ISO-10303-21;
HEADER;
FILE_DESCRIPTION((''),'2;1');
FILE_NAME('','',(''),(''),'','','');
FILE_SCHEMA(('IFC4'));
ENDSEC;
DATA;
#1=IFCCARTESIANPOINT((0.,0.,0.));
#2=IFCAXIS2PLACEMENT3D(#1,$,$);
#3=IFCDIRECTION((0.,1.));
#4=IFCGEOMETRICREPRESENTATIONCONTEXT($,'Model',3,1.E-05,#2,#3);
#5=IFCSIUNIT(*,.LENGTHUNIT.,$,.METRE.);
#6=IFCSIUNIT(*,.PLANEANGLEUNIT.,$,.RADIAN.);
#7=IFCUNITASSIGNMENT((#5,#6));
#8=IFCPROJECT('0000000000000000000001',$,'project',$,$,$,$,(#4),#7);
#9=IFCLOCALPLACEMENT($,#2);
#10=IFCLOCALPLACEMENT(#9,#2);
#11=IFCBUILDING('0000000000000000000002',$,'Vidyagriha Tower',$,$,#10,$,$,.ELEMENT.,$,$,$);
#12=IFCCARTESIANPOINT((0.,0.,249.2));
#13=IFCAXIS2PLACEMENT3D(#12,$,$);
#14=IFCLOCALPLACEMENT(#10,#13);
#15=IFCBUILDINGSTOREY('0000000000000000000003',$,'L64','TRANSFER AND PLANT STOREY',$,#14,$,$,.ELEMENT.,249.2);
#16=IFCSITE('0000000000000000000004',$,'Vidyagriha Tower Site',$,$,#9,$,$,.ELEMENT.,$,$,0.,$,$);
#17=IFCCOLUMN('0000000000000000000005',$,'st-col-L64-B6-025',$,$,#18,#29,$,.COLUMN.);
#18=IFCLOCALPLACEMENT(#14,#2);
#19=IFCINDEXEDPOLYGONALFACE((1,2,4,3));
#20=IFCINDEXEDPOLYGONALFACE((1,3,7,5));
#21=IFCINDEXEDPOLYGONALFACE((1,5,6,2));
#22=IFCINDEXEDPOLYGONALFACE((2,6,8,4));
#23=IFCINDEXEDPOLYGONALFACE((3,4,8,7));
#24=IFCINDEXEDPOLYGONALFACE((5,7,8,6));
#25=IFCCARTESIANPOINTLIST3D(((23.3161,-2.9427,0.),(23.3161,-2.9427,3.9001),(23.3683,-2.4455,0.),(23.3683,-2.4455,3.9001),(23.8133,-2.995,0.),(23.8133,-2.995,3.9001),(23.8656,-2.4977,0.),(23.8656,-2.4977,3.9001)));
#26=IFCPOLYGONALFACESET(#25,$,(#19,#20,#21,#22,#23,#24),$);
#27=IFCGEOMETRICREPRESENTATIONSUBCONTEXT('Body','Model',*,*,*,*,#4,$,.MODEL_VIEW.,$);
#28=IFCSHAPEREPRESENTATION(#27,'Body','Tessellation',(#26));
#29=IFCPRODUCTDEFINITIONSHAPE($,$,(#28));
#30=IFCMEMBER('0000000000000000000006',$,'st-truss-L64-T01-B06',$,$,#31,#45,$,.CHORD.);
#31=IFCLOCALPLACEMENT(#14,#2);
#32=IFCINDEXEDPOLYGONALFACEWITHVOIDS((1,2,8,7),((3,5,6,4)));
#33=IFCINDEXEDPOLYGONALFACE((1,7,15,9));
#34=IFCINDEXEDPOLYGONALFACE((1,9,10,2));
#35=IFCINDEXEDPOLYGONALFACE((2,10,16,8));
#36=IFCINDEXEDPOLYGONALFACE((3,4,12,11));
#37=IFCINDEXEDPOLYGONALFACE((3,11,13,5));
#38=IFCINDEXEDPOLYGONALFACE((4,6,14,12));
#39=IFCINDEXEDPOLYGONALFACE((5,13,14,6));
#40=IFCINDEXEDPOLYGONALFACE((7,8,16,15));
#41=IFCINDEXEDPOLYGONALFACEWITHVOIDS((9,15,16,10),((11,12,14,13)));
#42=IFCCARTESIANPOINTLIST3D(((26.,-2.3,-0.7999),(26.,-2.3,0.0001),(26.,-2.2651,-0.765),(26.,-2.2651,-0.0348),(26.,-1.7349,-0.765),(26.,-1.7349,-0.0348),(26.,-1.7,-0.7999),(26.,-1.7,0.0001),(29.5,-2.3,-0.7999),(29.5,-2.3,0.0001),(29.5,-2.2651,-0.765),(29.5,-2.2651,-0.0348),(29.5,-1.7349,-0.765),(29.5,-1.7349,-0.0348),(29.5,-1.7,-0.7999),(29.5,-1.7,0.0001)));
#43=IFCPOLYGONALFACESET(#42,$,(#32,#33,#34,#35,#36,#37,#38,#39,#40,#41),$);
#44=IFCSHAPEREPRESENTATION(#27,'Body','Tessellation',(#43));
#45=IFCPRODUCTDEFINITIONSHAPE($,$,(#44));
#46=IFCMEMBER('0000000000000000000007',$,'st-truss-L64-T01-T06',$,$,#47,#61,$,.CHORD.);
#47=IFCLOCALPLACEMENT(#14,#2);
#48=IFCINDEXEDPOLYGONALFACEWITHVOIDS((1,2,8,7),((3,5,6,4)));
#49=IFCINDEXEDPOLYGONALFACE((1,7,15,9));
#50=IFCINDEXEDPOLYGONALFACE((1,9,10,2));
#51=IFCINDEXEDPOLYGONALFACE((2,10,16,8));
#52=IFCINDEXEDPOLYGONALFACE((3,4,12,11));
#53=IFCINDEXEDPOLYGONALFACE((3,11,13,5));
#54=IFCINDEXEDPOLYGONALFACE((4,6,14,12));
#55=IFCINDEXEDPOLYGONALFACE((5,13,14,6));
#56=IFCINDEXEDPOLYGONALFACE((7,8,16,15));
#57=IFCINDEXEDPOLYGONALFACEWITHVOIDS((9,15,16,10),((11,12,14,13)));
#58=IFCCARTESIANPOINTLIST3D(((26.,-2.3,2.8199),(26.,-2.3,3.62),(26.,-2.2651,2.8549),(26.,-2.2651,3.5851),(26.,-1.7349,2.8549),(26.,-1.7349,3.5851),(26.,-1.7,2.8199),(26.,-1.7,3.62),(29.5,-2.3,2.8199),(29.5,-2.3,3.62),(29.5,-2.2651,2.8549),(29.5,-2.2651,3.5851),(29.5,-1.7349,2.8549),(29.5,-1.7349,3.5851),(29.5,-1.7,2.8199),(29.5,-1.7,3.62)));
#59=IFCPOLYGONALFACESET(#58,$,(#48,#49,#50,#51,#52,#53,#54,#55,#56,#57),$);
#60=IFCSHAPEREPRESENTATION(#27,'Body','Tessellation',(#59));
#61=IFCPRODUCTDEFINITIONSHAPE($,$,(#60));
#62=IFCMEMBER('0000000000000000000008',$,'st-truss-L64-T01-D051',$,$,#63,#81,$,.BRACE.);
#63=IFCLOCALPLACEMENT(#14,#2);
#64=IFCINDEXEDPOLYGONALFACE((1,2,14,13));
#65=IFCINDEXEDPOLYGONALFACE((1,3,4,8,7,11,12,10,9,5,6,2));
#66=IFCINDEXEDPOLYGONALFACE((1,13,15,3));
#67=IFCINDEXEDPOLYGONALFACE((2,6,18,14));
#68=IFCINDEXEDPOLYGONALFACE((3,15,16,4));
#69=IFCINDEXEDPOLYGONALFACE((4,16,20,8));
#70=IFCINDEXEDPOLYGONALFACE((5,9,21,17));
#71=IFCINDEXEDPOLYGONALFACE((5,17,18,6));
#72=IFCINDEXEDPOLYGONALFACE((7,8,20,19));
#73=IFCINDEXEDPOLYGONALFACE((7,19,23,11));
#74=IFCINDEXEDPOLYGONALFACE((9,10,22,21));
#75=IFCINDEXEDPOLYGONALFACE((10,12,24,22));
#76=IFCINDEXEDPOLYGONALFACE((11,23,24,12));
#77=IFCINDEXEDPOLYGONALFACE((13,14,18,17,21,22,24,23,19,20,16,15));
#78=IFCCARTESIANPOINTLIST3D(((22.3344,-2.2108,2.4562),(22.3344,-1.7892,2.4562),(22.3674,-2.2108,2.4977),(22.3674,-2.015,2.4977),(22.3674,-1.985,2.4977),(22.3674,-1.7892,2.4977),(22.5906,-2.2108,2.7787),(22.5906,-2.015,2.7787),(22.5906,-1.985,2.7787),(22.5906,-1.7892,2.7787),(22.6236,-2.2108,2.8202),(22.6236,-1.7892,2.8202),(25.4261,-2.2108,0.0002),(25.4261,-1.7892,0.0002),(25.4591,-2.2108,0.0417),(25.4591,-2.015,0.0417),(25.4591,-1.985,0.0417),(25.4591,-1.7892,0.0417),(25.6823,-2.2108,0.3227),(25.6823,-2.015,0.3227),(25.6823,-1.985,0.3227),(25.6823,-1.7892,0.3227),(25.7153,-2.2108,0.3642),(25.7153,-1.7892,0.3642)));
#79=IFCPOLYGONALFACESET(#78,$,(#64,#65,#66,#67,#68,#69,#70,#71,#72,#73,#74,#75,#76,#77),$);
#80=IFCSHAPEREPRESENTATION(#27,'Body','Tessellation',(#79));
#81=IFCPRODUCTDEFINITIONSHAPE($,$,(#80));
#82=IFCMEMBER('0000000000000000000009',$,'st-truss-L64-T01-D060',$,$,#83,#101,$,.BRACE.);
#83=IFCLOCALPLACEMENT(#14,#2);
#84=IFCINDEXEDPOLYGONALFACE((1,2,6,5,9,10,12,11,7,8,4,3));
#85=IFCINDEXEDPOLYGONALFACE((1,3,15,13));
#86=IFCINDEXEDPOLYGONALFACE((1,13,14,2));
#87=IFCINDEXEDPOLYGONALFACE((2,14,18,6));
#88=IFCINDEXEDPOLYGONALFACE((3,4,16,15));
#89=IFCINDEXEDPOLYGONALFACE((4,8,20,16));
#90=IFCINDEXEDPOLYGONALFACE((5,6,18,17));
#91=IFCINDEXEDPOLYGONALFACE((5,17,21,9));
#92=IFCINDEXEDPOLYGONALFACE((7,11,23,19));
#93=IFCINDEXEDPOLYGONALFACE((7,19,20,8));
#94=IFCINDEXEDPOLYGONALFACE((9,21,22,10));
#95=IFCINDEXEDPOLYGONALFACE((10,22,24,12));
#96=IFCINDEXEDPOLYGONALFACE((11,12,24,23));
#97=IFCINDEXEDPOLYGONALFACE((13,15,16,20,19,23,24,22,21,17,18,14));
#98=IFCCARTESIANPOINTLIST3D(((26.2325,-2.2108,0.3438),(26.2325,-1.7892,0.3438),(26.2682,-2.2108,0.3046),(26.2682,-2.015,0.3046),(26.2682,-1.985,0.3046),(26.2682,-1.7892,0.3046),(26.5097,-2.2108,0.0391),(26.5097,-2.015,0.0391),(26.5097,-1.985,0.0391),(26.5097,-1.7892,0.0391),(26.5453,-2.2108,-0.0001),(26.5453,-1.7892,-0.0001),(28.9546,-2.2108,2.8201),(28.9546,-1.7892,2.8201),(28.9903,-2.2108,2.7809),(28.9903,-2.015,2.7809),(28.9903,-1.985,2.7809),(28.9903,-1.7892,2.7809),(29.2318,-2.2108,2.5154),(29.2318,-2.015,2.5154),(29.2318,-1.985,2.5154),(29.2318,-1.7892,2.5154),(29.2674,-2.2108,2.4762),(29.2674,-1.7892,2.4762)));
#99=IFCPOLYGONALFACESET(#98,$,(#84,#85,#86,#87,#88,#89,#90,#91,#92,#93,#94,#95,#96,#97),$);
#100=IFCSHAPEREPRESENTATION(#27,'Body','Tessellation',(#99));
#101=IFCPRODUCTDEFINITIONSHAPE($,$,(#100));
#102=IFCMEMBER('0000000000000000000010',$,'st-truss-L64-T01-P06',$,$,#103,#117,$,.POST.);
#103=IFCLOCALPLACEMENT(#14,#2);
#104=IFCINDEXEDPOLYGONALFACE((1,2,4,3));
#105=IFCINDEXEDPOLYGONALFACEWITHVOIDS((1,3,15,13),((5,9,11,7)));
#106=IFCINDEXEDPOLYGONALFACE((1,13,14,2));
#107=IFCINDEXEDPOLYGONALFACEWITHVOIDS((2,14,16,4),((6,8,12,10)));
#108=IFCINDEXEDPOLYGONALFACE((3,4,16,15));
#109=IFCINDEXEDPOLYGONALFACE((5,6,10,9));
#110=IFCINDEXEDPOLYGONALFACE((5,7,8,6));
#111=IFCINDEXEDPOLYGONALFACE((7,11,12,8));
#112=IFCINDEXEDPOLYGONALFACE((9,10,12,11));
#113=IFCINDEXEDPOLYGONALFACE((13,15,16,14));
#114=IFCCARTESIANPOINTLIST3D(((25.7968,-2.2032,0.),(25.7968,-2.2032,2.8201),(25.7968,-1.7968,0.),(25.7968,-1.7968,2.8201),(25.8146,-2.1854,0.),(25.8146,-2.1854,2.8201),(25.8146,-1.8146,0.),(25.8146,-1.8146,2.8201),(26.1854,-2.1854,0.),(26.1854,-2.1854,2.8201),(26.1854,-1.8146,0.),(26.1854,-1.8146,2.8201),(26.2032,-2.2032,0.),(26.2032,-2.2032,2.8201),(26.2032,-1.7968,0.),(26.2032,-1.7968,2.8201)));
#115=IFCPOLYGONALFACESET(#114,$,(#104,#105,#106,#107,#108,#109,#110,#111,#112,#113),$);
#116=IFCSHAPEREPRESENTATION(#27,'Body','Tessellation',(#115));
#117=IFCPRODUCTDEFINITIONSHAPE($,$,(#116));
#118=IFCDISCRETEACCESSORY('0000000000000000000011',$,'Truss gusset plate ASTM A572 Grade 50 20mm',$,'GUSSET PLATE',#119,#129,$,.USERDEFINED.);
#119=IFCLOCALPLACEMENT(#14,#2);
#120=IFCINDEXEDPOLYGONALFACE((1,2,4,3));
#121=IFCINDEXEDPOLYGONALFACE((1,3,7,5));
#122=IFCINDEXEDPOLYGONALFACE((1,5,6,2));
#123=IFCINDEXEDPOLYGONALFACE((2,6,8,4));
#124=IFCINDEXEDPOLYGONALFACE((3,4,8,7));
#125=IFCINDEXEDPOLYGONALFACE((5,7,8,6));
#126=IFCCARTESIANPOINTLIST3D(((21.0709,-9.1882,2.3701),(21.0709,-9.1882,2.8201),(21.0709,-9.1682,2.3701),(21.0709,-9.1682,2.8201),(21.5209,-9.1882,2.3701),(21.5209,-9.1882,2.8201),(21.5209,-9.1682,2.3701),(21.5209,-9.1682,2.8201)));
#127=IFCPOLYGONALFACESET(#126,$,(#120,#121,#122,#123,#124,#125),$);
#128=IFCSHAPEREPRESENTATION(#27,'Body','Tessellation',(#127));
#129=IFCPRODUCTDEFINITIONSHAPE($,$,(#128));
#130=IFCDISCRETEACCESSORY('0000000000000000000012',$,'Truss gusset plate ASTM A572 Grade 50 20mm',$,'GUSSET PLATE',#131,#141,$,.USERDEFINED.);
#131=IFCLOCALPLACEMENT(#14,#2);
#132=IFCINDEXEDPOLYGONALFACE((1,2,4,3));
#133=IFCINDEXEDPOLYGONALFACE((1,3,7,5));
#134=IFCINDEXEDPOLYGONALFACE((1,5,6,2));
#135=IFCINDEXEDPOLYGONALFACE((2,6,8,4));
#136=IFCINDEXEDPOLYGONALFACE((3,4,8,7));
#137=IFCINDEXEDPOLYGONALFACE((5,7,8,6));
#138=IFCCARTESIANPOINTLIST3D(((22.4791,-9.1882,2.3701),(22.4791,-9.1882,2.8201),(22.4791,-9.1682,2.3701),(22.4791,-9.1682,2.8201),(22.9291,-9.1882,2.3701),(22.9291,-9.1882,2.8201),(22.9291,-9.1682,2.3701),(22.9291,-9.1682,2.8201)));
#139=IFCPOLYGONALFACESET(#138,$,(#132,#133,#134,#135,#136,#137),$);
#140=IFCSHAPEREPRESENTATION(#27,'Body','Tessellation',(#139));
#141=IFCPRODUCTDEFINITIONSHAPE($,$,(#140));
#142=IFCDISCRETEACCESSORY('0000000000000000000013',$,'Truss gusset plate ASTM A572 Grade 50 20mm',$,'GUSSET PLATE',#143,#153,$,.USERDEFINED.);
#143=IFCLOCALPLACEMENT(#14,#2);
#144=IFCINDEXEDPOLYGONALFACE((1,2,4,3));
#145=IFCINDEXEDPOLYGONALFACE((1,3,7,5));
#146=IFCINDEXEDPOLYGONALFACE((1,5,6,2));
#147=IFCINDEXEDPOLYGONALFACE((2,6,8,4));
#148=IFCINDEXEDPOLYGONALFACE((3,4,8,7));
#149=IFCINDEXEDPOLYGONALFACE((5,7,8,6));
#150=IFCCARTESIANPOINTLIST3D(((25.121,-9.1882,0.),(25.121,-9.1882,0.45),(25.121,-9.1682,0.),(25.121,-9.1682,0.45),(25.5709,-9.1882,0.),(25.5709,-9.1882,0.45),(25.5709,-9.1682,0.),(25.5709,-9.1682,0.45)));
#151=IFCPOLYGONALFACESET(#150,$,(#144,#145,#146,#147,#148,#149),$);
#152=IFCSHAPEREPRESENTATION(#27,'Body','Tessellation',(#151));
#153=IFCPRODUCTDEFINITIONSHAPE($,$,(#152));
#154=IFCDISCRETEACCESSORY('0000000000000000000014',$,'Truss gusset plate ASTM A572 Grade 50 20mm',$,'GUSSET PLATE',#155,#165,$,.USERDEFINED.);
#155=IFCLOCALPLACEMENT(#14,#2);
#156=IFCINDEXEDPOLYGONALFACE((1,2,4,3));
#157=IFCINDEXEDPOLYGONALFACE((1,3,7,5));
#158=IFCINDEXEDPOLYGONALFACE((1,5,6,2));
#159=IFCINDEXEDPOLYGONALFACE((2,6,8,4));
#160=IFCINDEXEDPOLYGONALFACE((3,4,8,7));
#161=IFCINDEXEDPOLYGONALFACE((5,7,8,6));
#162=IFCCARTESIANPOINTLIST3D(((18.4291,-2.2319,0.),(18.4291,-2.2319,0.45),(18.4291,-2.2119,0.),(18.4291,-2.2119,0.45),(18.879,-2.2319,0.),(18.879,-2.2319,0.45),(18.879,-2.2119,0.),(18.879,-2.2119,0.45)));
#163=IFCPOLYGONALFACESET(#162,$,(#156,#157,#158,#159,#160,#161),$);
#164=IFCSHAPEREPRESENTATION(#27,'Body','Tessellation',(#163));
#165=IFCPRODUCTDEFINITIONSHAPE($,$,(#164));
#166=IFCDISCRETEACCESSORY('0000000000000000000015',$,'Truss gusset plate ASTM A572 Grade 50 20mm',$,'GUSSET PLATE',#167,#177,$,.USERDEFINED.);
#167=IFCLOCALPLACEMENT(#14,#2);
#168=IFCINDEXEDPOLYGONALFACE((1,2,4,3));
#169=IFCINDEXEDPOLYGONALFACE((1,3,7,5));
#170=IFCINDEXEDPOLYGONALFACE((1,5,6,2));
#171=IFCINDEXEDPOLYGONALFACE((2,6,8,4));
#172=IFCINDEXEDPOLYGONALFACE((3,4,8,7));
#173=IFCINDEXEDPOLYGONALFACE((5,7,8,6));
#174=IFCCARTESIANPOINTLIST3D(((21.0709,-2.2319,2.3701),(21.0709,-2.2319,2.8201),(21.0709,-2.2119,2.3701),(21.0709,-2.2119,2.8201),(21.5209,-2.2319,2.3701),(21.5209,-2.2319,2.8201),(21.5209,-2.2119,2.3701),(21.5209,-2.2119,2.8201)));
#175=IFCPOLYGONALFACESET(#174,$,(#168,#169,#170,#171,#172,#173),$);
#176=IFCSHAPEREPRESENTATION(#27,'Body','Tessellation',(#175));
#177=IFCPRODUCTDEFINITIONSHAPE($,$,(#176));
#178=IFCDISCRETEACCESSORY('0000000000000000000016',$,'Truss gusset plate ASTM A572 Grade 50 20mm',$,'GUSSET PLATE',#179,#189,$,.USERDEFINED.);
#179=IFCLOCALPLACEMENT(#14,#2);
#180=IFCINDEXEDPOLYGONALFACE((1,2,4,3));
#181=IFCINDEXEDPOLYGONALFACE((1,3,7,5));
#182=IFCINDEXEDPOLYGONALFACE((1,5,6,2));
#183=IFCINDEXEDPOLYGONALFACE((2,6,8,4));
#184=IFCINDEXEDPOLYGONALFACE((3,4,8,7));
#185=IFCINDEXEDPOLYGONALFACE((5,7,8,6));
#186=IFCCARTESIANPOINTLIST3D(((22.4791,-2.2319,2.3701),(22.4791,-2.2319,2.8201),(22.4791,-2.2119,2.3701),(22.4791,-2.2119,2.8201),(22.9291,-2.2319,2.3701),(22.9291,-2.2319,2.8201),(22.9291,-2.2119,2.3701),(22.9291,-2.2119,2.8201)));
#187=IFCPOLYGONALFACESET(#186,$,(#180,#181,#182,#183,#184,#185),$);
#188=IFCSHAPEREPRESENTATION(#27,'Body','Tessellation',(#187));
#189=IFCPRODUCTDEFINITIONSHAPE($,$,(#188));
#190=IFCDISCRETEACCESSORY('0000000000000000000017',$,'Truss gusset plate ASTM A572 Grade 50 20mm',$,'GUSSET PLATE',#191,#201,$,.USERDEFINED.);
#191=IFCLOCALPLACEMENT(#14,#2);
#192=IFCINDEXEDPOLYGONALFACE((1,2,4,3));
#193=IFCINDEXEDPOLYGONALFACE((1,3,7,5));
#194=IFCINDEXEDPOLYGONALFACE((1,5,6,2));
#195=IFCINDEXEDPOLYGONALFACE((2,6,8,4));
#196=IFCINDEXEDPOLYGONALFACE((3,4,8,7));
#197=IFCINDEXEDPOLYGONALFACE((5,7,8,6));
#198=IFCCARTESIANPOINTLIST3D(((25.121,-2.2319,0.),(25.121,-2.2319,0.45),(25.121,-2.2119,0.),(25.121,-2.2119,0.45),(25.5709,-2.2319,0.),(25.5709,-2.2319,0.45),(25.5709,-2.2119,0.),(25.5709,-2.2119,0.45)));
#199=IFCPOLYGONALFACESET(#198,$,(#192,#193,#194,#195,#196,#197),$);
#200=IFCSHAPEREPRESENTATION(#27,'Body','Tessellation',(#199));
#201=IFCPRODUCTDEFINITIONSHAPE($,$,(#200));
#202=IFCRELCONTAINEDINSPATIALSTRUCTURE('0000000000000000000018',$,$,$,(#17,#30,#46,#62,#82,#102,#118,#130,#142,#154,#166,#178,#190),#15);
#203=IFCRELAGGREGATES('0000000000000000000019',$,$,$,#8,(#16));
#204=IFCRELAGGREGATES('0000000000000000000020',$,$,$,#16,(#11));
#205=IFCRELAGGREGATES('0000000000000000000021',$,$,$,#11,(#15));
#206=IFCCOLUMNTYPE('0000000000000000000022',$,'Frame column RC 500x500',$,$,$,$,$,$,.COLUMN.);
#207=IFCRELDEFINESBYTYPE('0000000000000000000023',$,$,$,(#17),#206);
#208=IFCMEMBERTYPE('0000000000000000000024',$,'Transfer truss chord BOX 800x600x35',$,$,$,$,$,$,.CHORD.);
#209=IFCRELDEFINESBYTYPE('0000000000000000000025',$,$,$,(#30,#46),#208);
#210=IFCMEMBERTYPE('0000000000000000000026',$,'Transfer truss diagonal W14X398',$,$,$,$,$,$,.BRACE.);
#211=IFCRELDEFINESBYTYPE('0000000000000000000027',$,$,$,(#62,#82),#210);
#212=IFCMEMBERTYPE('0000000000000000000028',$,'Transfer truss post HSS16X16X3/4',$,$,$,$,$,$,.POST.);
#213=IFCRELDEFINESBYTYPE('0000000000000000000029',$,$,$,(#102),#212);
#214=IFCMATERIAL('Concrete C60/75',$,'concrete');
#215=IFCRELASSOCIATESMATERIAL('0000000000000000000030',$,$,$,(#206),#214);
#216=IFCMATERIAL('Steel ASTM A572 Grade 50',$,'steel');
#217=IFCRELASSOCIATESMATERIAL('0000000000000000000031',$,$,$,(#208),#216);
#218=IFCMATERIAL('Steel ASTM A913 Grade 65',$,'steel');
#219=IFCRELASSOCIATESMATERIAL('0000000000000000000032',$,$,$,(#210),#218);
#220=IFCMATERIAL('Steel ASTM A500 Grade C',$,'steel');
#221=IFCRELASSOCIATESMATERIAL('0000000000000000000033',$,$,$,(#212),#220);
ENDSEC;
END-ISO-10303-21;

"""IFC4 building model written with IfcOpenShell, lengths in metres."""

from ifc_helpers import new_model, si_unit, direction, frame, origin, origin_2d, place, context, subcontext, project, spatial, rectangle, hollow_rectangle, i_section, extrude, material, material_profile, profile_set, type_object, element, save


model = new_model("IFC4")

# Units and contexts
model_context = context("Model", 3, precision=1e-05, world=origin(), true_north=direction((0.0, 1.0)))
body_context = subcontext(model_context, "Body", "Model", "MODEL_VIEW")
ifc_project = project(units=[si_unit("LENGTHUNIT", "METRE"), si_unit("PLANEANGLEUNIT", "RADIAN")], contexts=[model_context])

# Site, building, storey
site_placement = place(None, origin())
site = spatial("IfcSite", under=ifc_project, at=site_placement, Name="Vidyagriha Tower Site", CompositionType="ELEMENT", RefElevation=0.0)
building_placement = place(site_placement, origin())
building = spatial("IfcBuilding", under=site, at=building_placement, Name="Vidyagriha Tower", CompositionType="ELEMENT")
storey_placement = place(building_placement, frame((0.0, 0.0, 249.2)))
storey = spatial("IfcBuildingStorey", under=building, at=storey_placement, Name="L64", Description="TRANSFER AND PLANT STOREY", CompositionType="ELEMENT", Elevation=249.2)

# Column
ifc_material_1 = material(Name="Concrete C60/75", Category="concrete")
ifc_material_profile_1 = material_profile(ifc_material_1, rectangle(XDim=0.5, YDim=0.5, at=origin_2d()), Name="RC 500x500")
ifc_profile_set_1 = profile_set([ifc_material_profile_1], Name="Concrete C60/75")
column_type = type_object("IfcColumnType", Name="Frame column RC 500x500", PredefinedType="COLUMN", material=ifc_profile_set_1)
column_placement = place(storey_placement, frame((23.5908, -2.7202, 0.0), z_axis=(0.0, 0.0, 1.0), x_axis=(0.994522, -0.104528, 0.0)))
element("IfcColumn", 1, at=column_placement, inside=storey, type_object=column_type, Name="st-col-L64-B6-025", PredefinedType="COLUMN", context=body_context, shape_type="SweptSolid", body=[
    extrude(rectangle(XDim=0.5, YDim=0.5, at=origin_2d()), origin(), (0.0, 0.0, 1.0), 3.9001),
])

# Members
ifc_material_2 = material(Name="Steel ASTM A572 Grade 50", Category="steel")
ifc_material_profile_2 = material_profile(ifc_material_2, hollow_rectangle(XDim=0.6001, YDim=0.8, WallThickness=0.0349, at=origin_2d()), Name="BOX 800x600x35")
ifc_profile_set_2 = profile_set([ifc_material_profile_2], Name="Steel ASTM A572 Grade 50")
member_type_1 = type_object("IfcMemberType", Name="Transfer truss chord BOX 800x600x35", PredefinedType="CHORD", material=ifc_profile_set_2)
for number, where, z_axis, x_axis, name in (
    (2, (26.0, -2.0, -0.3999), (1.0, 0.0, 0.0), (0.0, 1.0, 0.0), "st-truss-L64-T01-B06"),
    (3, (26.0, -2.0, 3.22), (1.0, 0.0, 0.0), (0.0, 1.0, 0.0), "st-truss-L64-T01-T06"),
):
    element("IfcMember", number, at=place(storey_placement, frame(where, z_axis=z_axis, x_axis=x_axis)), inside=storey, type_object=member_type_1, Name=name, PredefinedType="CHORD", context=body_context, shape_type="SweptSolid", body=[
        extrude(hollow_rectangle(XDim=0.6001, YDim=0.8, WallThickness=0.0349, at=origin_2d()), origin(), (0.0, 0.0, 1.0), 3.5),
    ])
ifc_material_3 = material(Name="Steel ASTM A913 Grade 65", Category="steel")
ifc_material_profile_3 = material_profile(ifc_material_3, i_section(OverallWidth=0.4216, OverallDepth=0.4648, WebThickness=0.03, FlangeThickness=0.053, at=origin_2d()), Name="W14X398")
ifc_profile_set_3 = profile_set([ifc_material_profile_3], Name="Steel ASTM A913 Grade 65")
member_type_2 = type_object("IfcMemberType", Name="Transfer truss diagonal W14X398", PredefinedType="BRACE", material=ifc_profile_set_3)
member_1_placement = place(storey_placement, frame((22.479, -2.0, 2.6382), z_axis=(0.783012, 0.0, -0.622007), x_axis=(0.0, 1.0, 0.0)))
element("IfcMember", 4, at=member_1_placement, inside=storey, type_object=member_type_2, Name="st-truss-L64-T01-D051", PredefinedType="BRACE", context=body_context, shape_type="SweptSolid", body=[
    extrude(i_section(OverallWidth=0.4216, OverallDepth=0.4648, WebThickness=0.03, FlangeThickness=0.053, at=origin_2d()), origin(), (0.0, 0.0, 1.0), 3.9485),
])
member_2_placement = place(storey_placement, frame((26.3889, -2.0, 0.1719), z_axis=(0.739721, 0.0, 0.672914), x_axis=(0.0, 1.0, 0.0)))
element("IfcMember", 5, at=member_2_placement, inside=storey, type_object=member_type_2, Name="st-truss-L64-T01-D060", PredefinedType="BRACE", context=body_context, shape_type="SweptSolid", body=[
    extrude(i_section(OverallWidth=0.4216, OverallDepth=0.4648, WebThickness=0.03, FlangeThickness=0.053, at=origin_2d()), origin(), (0.0, 0.0, 1.0), 3.6799),
])
ifc_material_4 = material(Name="Steel ASTM A500 Grade C", Category="steel")
ifc_material_profile_4 = material_profile(ifc_material_4, hollow_rectangle(XDim=0.4065, YDim=0.4065, WallThickness=0.0178, at=origin_2d()), Name="HSS16X16X3/4")
ifc_profile_set_4 = profile_set([ifc_material_profile_4], Name="Steel ASTM A500 Grade C")
member_type_3 = type_object("IfcMemberType", Name="Transfer truss post HSS16X16X3/4", PredefinedType="POST", material=ifc_profile_set_4)
member_3_placement = place(storey_placement, frame((26.0, -2.0, 0.0)))
element("IfcMember", 6, at=member_3_placement, inside=storey, type_object=member_type_3, Name="st-truss-L64-T01-P06", PredefinedType="POST", context=body_context, shape_type="SweptSolid", body=[
    extrude(hollow_rectangle(XDim=0.4065, YDim=0.4065, WallThickness=0.0178, at=origin_2d()), origin(), (0.0, 0.0, 1.0), 2.8201),
])

# Discrete accessories
for number, where, name in (
    (7, (21.2959, -9.1782, 2.3701), "Truss gusset plate ASTM A572 Grade 50 20mm"),
    (8, (22.7041, -9.1782, 2.3701), "Truss gusset plate ASTM A572 Grade 50 20mm"),
    (9, (25.3459, -9.1782, 0.0), "Truss gusset plate ASTM A572 Grade 50 20mm"),
    (10, (18.6541, -2.2219, 0.0), "Truss gusset plate ASTM A572 Grade 50 20mm"),
    (11, (21.2959, -2.2219, 2.3701), "Truss gusset plate ASTM A572 Grade 50 20mm"),
    (12, (22.7041, -2.2219, 2.3701), "Truss gusset plate ASTM A572 Grade 50 20mm"),
    (13, (25.3459, -2.2219, 0.0), "Truss gusset plate ASTM A572 Grade 50 20mm"),
):
    element("IfcDiscreteAccessory", number, at=place(storey_placement, frame(where)), inside=storey, Name=name, ObjectType="GUSSET PLATE", PredefinedType="USERDEFINED", context=body_context, shape_type="SweptSolid", body=[
        extrude(rectangle(XDim=0.45, YDim=0.02, at=origin_2d()), origin(), (0.0, 0.0, 1.0), 0.45),
    ])

save(model, "model.ifc")
